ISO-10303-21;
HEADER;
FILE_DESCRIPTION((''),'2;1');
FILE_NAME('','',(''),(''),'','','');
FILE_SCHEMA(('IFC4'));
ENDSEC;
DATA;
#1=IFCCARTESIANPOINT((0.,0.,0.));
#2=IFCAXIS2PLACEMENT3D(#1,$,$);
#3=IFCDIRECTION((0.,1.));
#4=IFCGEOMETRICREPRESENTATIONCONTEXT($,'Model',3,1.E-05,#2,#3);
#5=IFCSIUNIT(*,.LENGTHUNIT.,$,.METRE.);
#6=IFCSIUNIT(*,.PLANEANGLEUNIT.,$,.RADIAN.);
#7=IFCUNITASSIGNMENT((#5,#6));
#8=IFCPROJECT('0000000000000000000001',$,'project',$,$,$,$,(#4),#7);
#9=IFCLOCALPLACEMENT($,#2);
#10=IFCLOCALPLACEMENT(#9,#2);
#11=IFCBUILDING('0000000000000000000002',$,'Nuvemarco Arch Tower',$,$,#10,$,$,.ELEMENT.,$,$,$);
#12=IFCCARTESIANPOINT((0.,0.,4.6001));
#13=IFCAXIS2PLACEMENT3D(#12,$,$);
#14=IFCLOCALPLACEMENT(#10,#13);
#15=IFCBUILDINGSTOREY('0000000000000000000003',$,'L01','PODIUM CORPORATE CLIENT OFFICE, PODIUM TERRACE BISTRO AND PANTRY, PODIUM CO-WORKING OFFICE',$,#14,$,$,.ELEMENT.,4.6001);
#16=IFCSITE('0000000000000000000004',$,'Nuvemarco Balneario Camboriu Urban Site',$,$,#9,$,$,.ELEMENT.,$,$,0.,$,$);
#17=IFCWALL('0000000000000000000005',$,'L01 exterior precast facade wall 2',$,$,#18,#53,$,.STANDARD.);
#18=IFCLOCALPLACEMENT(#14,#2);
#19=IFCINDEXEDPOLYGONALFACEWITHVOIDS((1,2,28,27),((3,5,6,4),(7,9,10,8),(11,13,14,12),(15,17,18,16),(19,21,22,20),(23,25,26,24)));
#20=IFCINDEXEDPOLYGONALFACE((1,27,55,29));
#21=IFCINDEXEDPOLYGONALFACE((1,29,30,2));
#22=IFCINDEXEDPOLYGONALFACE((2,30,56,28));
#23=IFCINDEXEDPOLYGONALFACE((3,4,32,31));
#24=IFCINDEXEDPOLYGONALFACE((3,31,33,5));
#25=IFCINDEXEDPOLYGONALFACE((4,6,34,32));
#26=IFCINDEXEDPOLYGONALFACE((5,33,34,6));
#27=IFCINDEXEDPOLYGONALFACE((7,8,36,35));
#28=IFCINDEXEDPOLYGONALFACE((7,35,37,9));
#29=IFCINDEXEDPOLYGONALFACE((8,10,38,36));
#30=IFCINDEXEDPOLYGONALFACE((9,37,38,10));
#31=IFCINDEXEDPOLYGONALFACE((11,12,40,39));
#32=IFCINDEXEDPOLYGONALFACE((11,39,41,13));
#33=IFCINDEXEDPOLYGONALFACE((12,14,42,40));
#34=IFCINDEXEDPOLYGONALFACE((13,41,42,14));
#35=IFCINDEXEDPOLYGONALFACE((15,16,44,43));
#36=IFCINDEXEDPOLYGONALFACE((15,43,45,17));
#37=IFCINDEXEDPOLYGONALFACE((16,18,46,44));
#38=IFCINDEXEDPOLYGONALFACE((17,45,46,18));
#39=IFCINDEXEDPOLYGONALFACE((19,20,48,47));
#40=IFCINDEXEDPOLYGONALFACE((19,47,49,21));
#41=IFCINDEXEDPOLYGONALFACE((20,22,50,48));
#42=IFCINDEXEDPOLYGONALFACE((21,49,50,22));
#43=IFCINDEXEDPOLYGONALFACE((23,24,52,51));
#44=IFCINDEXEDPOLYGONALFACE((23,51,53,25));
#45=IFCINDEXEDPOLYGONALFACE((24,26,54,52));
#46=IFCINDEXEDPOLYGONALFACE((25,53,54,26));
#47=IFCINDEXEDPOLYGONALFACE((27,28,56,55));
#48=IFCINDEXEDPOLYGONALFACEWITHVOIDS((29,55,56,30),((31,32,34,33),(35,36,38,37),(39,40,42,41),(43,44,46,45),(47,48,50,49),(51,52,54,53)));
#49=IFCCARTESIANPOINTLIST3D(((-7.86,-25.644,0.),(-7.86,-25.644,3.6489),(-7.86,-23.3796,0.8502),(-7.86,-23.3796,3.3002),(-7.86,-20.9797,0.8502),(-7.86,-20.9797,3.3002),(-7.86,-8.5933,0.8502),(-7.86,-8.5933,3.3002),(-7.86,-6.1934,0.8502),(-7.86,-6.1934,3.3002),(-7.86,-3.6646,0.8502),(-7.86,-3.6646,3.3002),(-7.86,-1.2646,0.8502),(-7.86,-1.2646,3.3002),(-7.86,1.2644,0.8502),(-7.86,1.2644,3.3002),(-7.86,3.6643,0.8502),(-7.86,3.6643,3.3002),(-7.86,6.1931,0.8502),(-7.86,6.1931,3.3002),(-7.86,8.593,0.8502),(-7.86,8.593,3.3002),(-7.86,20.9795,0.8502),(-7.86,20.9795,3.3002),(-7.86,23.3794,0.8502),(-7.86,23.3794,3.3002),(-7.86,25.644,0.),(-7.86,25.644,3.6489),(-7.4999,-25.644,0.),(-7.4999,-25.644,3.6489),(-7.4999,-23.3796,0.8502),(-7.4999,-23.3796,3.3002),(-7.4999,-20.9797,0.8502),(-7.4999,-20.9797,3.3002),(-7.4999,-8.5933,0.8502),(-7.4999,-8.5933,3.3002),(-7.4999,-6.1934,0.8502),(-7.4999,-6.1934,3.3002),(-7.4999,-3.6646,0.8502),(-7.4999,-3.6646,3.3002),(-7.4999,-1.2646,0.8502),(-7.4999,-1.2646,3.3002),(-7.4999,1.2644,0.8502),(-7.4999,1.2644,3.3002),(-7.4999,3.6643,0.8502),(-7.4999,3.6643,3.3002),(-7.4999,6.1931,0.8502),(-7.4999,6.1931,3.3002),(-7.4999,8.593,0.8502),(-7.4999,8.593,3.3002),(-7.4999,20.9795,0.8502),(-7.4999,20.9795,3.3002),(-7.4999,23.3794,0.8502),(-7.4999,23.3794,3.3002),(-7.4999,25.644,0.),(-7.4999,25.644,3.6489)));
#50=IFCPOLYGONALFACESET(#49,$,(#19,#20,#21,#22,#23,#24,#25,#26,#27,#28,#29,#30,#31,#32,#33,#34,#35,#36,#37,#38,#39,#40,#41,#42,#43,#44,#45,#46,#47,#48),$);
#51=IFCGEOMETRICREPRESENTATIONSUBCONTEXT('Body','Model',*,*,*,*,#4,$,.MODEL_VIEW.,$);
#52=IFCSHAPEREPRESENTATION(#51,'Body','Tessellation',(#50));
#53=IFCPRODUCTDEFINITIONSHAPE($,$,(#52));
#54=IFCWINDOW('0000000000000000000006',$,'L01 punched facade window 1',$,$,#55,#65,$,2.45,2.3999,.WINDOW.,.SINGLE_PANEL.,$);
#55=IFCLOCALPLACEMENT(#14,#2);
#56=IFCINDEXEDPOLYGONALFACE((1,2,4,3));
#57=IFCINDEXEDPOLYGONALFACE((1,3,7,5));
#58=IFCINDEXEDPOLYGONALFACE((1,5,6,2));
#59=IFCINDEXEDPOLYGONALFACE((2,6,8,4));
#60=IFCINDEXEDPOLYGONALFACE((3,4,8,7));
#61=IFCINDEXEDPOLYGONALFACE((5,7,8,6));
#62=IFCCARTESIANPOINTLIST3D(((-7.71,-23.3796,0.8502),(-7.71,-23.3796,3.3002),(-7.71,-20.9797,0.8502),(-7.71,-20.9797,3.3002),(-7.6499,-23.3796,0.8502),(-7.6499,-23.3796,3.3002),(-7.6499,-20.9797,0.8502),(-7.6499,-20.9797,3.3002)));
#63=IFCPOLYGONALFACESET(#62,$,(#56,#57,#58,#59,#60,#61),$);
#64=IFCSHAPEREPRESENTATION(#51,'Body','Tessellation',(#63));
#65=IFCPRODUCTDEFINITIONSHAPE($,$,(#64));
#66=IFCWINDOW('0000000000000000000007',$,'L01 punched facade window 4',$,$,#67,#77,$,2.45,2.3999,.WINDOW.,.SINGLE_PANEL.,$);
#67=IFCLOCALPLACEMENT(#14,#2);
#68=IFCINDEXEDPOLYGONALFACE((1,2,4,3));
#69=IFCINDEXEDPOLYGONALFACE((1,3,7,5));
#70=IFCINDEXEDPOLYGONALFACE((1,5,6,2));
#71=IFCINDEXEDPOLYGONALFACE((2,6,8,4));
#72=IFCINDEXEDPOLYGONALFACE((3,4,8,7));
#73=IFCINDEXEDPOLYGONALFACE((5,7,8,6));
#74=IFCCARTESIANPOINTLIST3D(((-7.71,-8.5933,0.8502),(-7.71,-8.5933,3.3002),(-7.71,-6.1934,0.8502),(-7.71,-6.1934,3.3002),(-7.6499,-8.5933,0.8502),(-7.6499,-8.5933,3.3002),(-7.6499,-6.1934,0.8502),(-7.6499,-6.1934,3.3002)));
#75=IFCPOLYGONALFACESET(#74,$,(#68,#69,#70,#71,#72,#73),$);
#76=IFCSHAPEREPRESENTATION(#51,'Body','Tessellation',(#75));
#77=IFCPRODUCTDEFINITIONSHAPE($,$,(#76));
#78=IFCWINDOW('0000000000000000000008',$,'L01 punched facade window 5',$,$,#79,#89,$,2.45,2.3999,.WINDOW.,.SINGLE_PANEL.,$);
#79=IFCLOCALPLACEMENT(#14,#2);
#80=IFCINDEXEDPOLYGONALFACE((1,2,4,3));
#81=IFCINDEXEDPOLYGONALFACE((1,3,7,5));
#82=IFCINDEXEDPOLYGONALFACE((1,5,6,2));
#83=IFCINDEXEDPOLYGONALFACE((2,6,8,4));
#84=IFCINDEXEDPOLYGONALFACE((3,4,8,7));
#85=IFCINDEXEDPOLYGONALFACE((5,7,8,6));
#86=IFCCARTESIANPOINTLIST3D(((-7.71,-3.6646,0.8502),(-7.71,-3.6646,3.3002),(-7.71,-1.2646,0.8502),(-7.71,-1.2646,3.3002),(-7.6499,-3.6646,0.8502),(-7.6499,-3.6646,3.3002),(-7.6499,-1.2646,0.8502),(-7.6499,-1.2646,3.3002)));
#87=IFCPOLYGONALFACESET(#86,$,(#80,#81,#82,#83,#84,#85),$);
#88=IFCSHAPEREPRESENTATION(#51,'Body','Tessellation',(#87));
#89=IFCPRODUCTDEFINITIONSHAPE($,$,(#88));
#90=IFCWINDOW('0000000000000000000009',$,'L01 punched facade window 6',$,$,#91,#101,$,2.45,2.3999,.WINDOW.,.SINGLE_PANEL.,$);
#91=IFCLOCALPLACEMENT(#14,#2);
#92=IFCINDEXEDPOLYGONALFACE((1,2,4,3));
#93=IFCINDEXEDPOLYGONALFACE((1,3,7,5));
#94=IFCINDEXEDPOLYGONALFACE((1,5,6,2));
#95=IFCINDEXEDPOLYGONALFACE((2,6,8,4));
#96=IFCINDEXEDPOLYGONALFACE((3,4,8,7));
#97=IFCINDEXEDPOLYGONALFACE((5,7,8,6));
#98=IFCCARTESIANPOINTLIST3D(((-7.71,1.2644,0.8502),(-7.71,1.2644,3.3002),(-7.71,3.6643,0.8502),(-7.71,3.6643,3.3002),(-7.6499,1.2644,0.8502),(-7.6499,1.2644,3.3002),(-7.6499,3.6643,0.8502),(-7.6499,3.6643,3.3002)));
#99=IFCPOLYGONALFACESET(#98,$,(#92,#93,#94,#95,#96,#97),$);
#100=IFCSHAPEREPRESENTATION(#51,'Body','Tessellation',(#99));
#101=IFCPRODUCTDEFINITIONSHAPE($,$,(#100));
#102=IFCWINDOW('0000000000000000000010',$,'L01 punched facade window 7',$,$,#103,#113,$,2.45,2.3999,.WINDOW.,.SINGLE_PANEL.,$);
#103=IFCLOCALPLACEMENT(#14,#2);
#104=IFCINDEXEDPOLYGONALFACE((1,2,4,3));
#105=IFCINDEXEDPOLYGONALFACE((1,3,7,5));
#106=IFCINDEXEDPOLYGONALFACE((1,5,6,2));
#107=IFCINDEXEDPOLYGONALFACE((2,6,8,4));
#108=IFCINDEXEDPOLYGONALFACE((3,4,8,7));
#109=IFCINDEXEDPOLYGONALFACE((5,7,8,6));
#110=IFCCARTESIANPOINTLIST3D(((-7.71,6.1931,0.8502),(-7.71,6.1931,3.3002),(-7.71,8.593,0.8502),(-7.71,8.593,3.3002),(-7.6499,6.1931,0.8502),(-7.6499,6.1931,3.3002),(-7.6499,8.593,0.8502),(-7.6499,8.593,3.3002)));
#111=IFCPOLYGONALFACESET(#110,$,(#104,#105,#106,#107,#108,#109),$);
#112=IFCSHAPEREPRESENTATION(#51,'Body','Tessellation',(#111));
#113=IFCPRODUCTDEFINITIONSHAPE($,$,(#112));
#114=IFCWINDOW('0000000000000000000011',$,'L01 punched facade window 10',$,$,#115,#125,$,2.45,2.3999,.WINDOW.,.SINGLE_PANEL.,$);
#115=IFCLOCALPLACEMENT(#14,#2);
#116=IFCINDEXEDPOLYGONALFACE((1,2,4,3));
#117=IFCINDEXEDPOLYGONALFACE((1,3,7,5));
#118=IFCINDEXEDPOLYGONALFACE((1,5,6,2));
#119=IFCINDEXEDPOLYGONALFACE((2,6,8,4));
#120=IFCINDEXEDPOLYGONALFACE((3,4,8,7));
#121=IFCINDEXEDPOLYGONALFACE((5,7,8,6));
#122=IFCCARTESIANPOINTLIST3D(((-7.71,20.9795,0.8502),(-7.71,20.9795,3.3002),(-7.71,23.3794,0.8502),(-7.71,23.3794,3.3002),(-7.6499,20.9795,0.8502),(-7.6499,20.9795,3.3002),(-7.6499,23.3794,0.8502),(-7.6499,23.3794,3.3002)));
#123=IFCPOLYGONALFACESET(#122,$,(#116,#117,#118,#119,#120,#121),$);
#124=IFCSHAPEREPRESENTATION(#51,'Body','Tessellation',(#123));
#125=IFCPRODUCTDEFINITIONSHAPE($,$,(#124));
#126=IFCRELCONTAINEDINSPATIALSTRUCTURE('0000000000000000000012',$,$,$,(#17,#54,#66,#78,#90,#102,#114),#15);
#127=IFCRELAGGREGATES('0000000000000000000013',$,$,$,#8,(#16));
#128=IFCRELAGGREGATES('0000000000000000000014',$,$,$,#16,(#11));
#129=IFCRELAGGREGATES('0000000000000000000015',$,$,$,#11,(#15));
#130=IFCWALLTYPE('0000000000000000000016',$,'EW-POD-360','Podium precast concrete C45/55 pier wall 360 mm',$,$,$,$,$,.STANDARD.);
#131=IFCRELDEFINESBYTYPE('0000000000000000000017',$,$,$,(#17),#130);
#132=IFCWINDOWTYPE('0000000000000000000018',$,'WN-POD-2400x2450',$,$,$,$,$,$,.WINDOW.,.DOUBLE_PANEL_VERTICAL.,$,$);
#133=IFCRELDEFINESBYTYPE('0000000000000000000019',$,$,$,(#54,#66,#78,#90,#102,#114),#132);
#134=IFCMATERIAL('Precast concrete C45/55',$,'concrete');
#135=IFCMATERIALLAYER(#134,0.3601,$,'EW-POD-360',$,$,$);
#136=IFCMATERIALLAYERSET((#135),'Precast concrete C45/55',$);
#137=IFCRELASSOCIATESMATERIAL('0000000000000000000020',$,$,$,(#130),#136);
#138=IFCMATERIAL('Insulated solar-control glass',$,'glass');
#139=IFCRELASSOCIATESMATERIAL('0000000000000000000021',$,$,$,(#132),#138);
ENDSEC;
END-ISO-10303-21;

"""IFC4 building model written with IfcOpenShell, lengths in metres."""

from ifc_helpers import new_model, si_unit, direction, frame, frame_2d, origin, place, context, subcontext, project, spatial, rectangle, extrude, source, transform, mapped, material, layer, layer_set, type_object, type_shapes, element, fill, save


model = new_model("IFC4")

# Units and contexts
model_context = context("Model", 3, precision=1e-05, world=origin(), true_north=direction((0.0, 1.0)))
body_context = subcontext(model_context, "Body", "Model", "MODEL_VIEW")
ifc_project = project(units=[si_unit("LENGTHUNIT", "METRE"), si_unit("PLANEANGLEUNIT", "RADIAN")], contexts=[model_context])

# Site, building, storey
site_placement = place(None, origin())
site = spatial("IfcSite", under=ifc_project, at=site_placement, Name="Nuvemarco Balneario Camboriu Urban Site", CompositionType="ELEMENT", RefElevation=0.0)
building_placement = place(site_placement, origin())
building = spatial("IfcBuilding", under=site, at=building_placement, Name="Nuvemarco Arch Tower", CompositionType="ELEMENT")
storey_placement = place(building_placement, frame((0.0, 0.0, 4.6001)))
storey = spatial("IfcBuildingStorey", under=building, at=storey_placement, Name="L01", Description="PODIUM CORPORATE CLIENT OFFICE, PODIUM TERRACE BISTRO AND PANTRY, PODIUM CO-WORKING OFFICE", CompositionType="ELEMENT", Elevation=4.6001)

# Shared definitions
ifc_material_1 = material(Name="Precast concrete C45/55", Category="concrete")

# Shared definitions
ifc_layer_1 = layer(ifc_material_1, 0.3601, Name="EW-POD-360")
ifc_layer_set_1 = layer_set([ifc_layer_1], Name="Precast concrete C45/55")
wall_type_1 = type_object("IfcWallType", Name="EW-POD-360", Description="Podium precast concrete C45/55 pier wall 360 mm", PredefinedType="STANDARD", material=ifc_layer_set_1)
ifc_material_2 = material(Name="Insulated solar-control glass", Category="glass")

# Wall, openings, windows
wall_1_placement = place(storey_placement, frame((-7.6799, -25.644, 0.0), z_axis=(0.0, 0.0, 1.0), x_axis=(0.0, 1.0, 0.0)))
wall_1 = element("IfcWall", 1, at=wall_1_placement, inside=storey, type_object=wall_type_1, Name="L01 exterior precast facade wall 2", PredefinedType="STANDARD", context=body_context, shape_type="SweptSolid", body=[
    extrude(rectangle(XDim=51.2881, YDim=0.3601, at=frame_2d((25.644, 0.0))), origin(), (0.0, 0.0, 1.0), 3.6489),
])
opening_1_placement = place(wall_1_placement, frame((2.2644, 0.0, 0.8501)))
opening_1 = element("IfcOpeningElement", 2, at=opening_1_placement, cuts=wall_1, PredefinedType="OPENING", context=body_context, shape_type="SweptSolid", body=[
    extrude(rectangle(XDim=2.3999, YDim=2.45, at=frame_2d((1.2, 1.2251))), frame((0.0, 0.1899, 0.0), z_axis=(0.0, -1.0, 0.0), x_axis=(1.0, 0.0, 0.0)), (0.0, 0.0, 1.0), 0.3801),
])
opening_2_placement = place(wall_1_placement, frame((17.0508, 0.0, 0.8501)))
opening_2 = element("IfcOpeningElement", 3, at=opening_2_placement, cuts=wall_1, PredefinedType="OPENING", context=body_context, shape_type="SweptSolid", body=[
    extrude(rectangle(XDim=2.3999, YDim=2.45, at=frame_2d((1.2, 1.2251))), frame((0.0, 0.1899, 0.0), z_axis=(0.0, -1.0, 0.0), x_axis=(1.0, 0.0, 0.0)), (0.0, 0.0, 1.0), 0.3801),
])
opening_3_placement = place(wall_1_placement, frame((21.9795, 0.0, 0.8501)))
opening_3 = element("IfcOpeningElement", 4, at=opening_3_placement, cuts=wall_1, PredefinedType="OPENING", context=body_context, shape_type="SweptSolid", body=[
    extrude(rectangle(XDim=2.3999, YDim=2.45, at=frame_2d((1.2, 1.2251))), frame((0.0, 0.1899, 0.0), z_axis=(0.0, -1.0, 0.0), x_axis=(1.0, 0.0, 0.0)), (0.0, 0.0, 1.0), 0.3801),
])
opening_4_placement = place(wall_1_placement, frame((26.9084, 0.0, 0.8501)))
opening_4 = element("IfcOpeningElement", 5, at=opening_4_placement, cuts=wall_1, PredefinedType="OPENING", context=body_context, shape_type="SweptSolid", body=[
    extrude(rectangle(XDim=2.3999, YDim=2.45, at=frame_2d((1.2, 1.2251))), frame((0.0, 0.1899, 0.0), z_axis=(0.0, -1.0, 0.0), x_axis=(1.0, 0.0, 0.0)), (0.0, 0.0, 1.0), 0.3801),
])
opening_5_placement = place(wall_1_placement, frame((31.8372, 0.0, 0.8501)))
opening_5 = element("IfcOpeningElement", 6, at=opening_5_placement, cuts=wall_1, PredefinedType="OPENING", context=body_context, shape_type="SweptSolid", body=[
    extrude(rectangle(XDim=2.3999, YDim=2.45, at=frame_2d((1.2, 1.2251))), frame((0.0, 0.1899, 0.0), z_axis=(0.0, -1.0, 0.0), x_axis=(1.0, 0.0, 0.0)), (0.0, 0.0, 1.0), 0.3801),
])
opening_6_placement = place(wall_1_placement, frame((46.6235, 0.0, 0.8501)))
opening_6 = element("IfcOpeningElement", 7, at=opening_6_placement, cuts=wall_1, PredefinedType="OPENING", context=body_context, shape_type="SweptSolid", body=[
    extrude(rectangle(XDim=2.3999, YDim=2.45, at=frame_2d((1.2, 1.2251))), frame((0.0, 0.1899, 0.0), z_axis=(0.0, -1.0, 0.0), x_axis=(1.0, 0.0, 0.0)), (0.0, 0.0, 1.0), 0.3801),
])
window_type_1 = type_object("IfcWindowType", Name="WN-POD-2400x2450", PartitioningType="DOUBLE_PANEL_VERTICAL", PredefinedType="WINDOW", material=ifc_material_2)
shared_shape_1 = source(origin(), body_context, "Body", "SweptSolid", [
    extrude(rectangle(XDim=2.3999, YDim=2.45, at=frame_2d((1.2, 1.2251))), frame((0.0, 0.03, 0.0), z_axis=(0.0, -1.0, 0.0), x_axis=(1.0, 0.0, 0.0)), (0.0, 0.0, 1.0), 0.0601),
])
type_shapes(window_type_1, [shared_shape_1])
window_1_placement = place(opening_1_placement, origin())
window_1 = element("IfcWindow", 8, at=window_1_placement, inside=storey, type_object=window_type_1, Name="L01 punched facade window 1", OverallHeight=2.45, OverallWidth=2.3999, PartitioningType="SINGLE_PANEL", PredefinedType="WINDOW", context=body_context, shape_type="MappedRepresentation", body=[
    mapped(shared_shape_1, transform((0.0, 0.0, 0.0), scale=1.0)),
])
fill(opening_1, window_1)
window_2_placement = place(opening_2_placement, origin())
window_2 = element("IfcWindow", 9, at=window_2_placement, inside=storey, type_object=window_type_1, Name="L01 punched facade window 4", OverallHeight=2.45, OverallWidth=2.3999, PartitioningType="SINGLE_PANEL", PredefinedType="WINDOW", context=body_context, shape_type="MappedRepresentation", body=[
    mapped(shared_shape_1, transform((0.0, 0.0, 0.0), scale=1.0)),
])
fill(opening_2, window_2)
window_3_placement = place(opening_3_placement, origin())
window_3 = element("IfcWindow", 10, at=window_3_placement, inside=storey, type_object=window_type_1, Name="L01 punched facade window 5", OverallHeight=2.45, OverallWidth=2.3999, PartitioningType="SINGLE_PANEL", PredefinedType="WINDOW", context=body_context, shape_type="MappedRepresentation", body=[
    mapped(shared_shape_1, transform((0.0, 0.0, 0.0), scale=1.0)),
])
fill(opening_3, window_3)
window_4_placement = place(opening_4_placement, origin())
window_4 = element("IfcWindow", 11, at=window_4_placement, inside=storey, type_object=window_type_1, Name="L01 punched facade window 6", OverallHeight=2.45, OverallWidth=2.3999, PartitioningType="SINGLE_PANEL", PredefinedType="WINDOW", context=body_context, shape_type="MappedRepresentation", body=[
    mapped(shared_shape_1, transform((0.0, 0.0, 0.0), scale=1.0)),
])
fill(opening_4, window_4)
window_5_placement = place(opening_5_placement, origin())
window_5 = element("IfcWindow", 12, at=window_5_placement, inside=storey, type_object=window_type_1, Name="L01 punched facade window 7", OverallHeight=2.45, OverallWidth=2.3999, PartitioningType="SINGLE_PANEL", PredefinedType="WINDOW", context=body_context, shape_type="MappedRepresentation", body=[
    mapped(shared_shape_1, transform((0.0, 0.0, 0.0), scale=1.0)),
])
fill(opening_5, window_5)
window_6_placement = place(opening_6_placement, origin())
window_6 = element("IfcWindow", 13, at=window_6_placement, inside=storey, type_object=window_type_1, Name="L01 punched facade window 10", OverallHeight=2.45, OverallWidth=2.3999, PartitioningType="SINGLE_PANEL", PredefinedType="WINDOW", context=body_context, shape_type="MappedRepresentation", body=[
    mapped(shared_shape_1, transform((0.0, 0.0, 0.0), scale=1.0)),
])
fill(opening_6, window_6)

save(model, "model.ifc")
